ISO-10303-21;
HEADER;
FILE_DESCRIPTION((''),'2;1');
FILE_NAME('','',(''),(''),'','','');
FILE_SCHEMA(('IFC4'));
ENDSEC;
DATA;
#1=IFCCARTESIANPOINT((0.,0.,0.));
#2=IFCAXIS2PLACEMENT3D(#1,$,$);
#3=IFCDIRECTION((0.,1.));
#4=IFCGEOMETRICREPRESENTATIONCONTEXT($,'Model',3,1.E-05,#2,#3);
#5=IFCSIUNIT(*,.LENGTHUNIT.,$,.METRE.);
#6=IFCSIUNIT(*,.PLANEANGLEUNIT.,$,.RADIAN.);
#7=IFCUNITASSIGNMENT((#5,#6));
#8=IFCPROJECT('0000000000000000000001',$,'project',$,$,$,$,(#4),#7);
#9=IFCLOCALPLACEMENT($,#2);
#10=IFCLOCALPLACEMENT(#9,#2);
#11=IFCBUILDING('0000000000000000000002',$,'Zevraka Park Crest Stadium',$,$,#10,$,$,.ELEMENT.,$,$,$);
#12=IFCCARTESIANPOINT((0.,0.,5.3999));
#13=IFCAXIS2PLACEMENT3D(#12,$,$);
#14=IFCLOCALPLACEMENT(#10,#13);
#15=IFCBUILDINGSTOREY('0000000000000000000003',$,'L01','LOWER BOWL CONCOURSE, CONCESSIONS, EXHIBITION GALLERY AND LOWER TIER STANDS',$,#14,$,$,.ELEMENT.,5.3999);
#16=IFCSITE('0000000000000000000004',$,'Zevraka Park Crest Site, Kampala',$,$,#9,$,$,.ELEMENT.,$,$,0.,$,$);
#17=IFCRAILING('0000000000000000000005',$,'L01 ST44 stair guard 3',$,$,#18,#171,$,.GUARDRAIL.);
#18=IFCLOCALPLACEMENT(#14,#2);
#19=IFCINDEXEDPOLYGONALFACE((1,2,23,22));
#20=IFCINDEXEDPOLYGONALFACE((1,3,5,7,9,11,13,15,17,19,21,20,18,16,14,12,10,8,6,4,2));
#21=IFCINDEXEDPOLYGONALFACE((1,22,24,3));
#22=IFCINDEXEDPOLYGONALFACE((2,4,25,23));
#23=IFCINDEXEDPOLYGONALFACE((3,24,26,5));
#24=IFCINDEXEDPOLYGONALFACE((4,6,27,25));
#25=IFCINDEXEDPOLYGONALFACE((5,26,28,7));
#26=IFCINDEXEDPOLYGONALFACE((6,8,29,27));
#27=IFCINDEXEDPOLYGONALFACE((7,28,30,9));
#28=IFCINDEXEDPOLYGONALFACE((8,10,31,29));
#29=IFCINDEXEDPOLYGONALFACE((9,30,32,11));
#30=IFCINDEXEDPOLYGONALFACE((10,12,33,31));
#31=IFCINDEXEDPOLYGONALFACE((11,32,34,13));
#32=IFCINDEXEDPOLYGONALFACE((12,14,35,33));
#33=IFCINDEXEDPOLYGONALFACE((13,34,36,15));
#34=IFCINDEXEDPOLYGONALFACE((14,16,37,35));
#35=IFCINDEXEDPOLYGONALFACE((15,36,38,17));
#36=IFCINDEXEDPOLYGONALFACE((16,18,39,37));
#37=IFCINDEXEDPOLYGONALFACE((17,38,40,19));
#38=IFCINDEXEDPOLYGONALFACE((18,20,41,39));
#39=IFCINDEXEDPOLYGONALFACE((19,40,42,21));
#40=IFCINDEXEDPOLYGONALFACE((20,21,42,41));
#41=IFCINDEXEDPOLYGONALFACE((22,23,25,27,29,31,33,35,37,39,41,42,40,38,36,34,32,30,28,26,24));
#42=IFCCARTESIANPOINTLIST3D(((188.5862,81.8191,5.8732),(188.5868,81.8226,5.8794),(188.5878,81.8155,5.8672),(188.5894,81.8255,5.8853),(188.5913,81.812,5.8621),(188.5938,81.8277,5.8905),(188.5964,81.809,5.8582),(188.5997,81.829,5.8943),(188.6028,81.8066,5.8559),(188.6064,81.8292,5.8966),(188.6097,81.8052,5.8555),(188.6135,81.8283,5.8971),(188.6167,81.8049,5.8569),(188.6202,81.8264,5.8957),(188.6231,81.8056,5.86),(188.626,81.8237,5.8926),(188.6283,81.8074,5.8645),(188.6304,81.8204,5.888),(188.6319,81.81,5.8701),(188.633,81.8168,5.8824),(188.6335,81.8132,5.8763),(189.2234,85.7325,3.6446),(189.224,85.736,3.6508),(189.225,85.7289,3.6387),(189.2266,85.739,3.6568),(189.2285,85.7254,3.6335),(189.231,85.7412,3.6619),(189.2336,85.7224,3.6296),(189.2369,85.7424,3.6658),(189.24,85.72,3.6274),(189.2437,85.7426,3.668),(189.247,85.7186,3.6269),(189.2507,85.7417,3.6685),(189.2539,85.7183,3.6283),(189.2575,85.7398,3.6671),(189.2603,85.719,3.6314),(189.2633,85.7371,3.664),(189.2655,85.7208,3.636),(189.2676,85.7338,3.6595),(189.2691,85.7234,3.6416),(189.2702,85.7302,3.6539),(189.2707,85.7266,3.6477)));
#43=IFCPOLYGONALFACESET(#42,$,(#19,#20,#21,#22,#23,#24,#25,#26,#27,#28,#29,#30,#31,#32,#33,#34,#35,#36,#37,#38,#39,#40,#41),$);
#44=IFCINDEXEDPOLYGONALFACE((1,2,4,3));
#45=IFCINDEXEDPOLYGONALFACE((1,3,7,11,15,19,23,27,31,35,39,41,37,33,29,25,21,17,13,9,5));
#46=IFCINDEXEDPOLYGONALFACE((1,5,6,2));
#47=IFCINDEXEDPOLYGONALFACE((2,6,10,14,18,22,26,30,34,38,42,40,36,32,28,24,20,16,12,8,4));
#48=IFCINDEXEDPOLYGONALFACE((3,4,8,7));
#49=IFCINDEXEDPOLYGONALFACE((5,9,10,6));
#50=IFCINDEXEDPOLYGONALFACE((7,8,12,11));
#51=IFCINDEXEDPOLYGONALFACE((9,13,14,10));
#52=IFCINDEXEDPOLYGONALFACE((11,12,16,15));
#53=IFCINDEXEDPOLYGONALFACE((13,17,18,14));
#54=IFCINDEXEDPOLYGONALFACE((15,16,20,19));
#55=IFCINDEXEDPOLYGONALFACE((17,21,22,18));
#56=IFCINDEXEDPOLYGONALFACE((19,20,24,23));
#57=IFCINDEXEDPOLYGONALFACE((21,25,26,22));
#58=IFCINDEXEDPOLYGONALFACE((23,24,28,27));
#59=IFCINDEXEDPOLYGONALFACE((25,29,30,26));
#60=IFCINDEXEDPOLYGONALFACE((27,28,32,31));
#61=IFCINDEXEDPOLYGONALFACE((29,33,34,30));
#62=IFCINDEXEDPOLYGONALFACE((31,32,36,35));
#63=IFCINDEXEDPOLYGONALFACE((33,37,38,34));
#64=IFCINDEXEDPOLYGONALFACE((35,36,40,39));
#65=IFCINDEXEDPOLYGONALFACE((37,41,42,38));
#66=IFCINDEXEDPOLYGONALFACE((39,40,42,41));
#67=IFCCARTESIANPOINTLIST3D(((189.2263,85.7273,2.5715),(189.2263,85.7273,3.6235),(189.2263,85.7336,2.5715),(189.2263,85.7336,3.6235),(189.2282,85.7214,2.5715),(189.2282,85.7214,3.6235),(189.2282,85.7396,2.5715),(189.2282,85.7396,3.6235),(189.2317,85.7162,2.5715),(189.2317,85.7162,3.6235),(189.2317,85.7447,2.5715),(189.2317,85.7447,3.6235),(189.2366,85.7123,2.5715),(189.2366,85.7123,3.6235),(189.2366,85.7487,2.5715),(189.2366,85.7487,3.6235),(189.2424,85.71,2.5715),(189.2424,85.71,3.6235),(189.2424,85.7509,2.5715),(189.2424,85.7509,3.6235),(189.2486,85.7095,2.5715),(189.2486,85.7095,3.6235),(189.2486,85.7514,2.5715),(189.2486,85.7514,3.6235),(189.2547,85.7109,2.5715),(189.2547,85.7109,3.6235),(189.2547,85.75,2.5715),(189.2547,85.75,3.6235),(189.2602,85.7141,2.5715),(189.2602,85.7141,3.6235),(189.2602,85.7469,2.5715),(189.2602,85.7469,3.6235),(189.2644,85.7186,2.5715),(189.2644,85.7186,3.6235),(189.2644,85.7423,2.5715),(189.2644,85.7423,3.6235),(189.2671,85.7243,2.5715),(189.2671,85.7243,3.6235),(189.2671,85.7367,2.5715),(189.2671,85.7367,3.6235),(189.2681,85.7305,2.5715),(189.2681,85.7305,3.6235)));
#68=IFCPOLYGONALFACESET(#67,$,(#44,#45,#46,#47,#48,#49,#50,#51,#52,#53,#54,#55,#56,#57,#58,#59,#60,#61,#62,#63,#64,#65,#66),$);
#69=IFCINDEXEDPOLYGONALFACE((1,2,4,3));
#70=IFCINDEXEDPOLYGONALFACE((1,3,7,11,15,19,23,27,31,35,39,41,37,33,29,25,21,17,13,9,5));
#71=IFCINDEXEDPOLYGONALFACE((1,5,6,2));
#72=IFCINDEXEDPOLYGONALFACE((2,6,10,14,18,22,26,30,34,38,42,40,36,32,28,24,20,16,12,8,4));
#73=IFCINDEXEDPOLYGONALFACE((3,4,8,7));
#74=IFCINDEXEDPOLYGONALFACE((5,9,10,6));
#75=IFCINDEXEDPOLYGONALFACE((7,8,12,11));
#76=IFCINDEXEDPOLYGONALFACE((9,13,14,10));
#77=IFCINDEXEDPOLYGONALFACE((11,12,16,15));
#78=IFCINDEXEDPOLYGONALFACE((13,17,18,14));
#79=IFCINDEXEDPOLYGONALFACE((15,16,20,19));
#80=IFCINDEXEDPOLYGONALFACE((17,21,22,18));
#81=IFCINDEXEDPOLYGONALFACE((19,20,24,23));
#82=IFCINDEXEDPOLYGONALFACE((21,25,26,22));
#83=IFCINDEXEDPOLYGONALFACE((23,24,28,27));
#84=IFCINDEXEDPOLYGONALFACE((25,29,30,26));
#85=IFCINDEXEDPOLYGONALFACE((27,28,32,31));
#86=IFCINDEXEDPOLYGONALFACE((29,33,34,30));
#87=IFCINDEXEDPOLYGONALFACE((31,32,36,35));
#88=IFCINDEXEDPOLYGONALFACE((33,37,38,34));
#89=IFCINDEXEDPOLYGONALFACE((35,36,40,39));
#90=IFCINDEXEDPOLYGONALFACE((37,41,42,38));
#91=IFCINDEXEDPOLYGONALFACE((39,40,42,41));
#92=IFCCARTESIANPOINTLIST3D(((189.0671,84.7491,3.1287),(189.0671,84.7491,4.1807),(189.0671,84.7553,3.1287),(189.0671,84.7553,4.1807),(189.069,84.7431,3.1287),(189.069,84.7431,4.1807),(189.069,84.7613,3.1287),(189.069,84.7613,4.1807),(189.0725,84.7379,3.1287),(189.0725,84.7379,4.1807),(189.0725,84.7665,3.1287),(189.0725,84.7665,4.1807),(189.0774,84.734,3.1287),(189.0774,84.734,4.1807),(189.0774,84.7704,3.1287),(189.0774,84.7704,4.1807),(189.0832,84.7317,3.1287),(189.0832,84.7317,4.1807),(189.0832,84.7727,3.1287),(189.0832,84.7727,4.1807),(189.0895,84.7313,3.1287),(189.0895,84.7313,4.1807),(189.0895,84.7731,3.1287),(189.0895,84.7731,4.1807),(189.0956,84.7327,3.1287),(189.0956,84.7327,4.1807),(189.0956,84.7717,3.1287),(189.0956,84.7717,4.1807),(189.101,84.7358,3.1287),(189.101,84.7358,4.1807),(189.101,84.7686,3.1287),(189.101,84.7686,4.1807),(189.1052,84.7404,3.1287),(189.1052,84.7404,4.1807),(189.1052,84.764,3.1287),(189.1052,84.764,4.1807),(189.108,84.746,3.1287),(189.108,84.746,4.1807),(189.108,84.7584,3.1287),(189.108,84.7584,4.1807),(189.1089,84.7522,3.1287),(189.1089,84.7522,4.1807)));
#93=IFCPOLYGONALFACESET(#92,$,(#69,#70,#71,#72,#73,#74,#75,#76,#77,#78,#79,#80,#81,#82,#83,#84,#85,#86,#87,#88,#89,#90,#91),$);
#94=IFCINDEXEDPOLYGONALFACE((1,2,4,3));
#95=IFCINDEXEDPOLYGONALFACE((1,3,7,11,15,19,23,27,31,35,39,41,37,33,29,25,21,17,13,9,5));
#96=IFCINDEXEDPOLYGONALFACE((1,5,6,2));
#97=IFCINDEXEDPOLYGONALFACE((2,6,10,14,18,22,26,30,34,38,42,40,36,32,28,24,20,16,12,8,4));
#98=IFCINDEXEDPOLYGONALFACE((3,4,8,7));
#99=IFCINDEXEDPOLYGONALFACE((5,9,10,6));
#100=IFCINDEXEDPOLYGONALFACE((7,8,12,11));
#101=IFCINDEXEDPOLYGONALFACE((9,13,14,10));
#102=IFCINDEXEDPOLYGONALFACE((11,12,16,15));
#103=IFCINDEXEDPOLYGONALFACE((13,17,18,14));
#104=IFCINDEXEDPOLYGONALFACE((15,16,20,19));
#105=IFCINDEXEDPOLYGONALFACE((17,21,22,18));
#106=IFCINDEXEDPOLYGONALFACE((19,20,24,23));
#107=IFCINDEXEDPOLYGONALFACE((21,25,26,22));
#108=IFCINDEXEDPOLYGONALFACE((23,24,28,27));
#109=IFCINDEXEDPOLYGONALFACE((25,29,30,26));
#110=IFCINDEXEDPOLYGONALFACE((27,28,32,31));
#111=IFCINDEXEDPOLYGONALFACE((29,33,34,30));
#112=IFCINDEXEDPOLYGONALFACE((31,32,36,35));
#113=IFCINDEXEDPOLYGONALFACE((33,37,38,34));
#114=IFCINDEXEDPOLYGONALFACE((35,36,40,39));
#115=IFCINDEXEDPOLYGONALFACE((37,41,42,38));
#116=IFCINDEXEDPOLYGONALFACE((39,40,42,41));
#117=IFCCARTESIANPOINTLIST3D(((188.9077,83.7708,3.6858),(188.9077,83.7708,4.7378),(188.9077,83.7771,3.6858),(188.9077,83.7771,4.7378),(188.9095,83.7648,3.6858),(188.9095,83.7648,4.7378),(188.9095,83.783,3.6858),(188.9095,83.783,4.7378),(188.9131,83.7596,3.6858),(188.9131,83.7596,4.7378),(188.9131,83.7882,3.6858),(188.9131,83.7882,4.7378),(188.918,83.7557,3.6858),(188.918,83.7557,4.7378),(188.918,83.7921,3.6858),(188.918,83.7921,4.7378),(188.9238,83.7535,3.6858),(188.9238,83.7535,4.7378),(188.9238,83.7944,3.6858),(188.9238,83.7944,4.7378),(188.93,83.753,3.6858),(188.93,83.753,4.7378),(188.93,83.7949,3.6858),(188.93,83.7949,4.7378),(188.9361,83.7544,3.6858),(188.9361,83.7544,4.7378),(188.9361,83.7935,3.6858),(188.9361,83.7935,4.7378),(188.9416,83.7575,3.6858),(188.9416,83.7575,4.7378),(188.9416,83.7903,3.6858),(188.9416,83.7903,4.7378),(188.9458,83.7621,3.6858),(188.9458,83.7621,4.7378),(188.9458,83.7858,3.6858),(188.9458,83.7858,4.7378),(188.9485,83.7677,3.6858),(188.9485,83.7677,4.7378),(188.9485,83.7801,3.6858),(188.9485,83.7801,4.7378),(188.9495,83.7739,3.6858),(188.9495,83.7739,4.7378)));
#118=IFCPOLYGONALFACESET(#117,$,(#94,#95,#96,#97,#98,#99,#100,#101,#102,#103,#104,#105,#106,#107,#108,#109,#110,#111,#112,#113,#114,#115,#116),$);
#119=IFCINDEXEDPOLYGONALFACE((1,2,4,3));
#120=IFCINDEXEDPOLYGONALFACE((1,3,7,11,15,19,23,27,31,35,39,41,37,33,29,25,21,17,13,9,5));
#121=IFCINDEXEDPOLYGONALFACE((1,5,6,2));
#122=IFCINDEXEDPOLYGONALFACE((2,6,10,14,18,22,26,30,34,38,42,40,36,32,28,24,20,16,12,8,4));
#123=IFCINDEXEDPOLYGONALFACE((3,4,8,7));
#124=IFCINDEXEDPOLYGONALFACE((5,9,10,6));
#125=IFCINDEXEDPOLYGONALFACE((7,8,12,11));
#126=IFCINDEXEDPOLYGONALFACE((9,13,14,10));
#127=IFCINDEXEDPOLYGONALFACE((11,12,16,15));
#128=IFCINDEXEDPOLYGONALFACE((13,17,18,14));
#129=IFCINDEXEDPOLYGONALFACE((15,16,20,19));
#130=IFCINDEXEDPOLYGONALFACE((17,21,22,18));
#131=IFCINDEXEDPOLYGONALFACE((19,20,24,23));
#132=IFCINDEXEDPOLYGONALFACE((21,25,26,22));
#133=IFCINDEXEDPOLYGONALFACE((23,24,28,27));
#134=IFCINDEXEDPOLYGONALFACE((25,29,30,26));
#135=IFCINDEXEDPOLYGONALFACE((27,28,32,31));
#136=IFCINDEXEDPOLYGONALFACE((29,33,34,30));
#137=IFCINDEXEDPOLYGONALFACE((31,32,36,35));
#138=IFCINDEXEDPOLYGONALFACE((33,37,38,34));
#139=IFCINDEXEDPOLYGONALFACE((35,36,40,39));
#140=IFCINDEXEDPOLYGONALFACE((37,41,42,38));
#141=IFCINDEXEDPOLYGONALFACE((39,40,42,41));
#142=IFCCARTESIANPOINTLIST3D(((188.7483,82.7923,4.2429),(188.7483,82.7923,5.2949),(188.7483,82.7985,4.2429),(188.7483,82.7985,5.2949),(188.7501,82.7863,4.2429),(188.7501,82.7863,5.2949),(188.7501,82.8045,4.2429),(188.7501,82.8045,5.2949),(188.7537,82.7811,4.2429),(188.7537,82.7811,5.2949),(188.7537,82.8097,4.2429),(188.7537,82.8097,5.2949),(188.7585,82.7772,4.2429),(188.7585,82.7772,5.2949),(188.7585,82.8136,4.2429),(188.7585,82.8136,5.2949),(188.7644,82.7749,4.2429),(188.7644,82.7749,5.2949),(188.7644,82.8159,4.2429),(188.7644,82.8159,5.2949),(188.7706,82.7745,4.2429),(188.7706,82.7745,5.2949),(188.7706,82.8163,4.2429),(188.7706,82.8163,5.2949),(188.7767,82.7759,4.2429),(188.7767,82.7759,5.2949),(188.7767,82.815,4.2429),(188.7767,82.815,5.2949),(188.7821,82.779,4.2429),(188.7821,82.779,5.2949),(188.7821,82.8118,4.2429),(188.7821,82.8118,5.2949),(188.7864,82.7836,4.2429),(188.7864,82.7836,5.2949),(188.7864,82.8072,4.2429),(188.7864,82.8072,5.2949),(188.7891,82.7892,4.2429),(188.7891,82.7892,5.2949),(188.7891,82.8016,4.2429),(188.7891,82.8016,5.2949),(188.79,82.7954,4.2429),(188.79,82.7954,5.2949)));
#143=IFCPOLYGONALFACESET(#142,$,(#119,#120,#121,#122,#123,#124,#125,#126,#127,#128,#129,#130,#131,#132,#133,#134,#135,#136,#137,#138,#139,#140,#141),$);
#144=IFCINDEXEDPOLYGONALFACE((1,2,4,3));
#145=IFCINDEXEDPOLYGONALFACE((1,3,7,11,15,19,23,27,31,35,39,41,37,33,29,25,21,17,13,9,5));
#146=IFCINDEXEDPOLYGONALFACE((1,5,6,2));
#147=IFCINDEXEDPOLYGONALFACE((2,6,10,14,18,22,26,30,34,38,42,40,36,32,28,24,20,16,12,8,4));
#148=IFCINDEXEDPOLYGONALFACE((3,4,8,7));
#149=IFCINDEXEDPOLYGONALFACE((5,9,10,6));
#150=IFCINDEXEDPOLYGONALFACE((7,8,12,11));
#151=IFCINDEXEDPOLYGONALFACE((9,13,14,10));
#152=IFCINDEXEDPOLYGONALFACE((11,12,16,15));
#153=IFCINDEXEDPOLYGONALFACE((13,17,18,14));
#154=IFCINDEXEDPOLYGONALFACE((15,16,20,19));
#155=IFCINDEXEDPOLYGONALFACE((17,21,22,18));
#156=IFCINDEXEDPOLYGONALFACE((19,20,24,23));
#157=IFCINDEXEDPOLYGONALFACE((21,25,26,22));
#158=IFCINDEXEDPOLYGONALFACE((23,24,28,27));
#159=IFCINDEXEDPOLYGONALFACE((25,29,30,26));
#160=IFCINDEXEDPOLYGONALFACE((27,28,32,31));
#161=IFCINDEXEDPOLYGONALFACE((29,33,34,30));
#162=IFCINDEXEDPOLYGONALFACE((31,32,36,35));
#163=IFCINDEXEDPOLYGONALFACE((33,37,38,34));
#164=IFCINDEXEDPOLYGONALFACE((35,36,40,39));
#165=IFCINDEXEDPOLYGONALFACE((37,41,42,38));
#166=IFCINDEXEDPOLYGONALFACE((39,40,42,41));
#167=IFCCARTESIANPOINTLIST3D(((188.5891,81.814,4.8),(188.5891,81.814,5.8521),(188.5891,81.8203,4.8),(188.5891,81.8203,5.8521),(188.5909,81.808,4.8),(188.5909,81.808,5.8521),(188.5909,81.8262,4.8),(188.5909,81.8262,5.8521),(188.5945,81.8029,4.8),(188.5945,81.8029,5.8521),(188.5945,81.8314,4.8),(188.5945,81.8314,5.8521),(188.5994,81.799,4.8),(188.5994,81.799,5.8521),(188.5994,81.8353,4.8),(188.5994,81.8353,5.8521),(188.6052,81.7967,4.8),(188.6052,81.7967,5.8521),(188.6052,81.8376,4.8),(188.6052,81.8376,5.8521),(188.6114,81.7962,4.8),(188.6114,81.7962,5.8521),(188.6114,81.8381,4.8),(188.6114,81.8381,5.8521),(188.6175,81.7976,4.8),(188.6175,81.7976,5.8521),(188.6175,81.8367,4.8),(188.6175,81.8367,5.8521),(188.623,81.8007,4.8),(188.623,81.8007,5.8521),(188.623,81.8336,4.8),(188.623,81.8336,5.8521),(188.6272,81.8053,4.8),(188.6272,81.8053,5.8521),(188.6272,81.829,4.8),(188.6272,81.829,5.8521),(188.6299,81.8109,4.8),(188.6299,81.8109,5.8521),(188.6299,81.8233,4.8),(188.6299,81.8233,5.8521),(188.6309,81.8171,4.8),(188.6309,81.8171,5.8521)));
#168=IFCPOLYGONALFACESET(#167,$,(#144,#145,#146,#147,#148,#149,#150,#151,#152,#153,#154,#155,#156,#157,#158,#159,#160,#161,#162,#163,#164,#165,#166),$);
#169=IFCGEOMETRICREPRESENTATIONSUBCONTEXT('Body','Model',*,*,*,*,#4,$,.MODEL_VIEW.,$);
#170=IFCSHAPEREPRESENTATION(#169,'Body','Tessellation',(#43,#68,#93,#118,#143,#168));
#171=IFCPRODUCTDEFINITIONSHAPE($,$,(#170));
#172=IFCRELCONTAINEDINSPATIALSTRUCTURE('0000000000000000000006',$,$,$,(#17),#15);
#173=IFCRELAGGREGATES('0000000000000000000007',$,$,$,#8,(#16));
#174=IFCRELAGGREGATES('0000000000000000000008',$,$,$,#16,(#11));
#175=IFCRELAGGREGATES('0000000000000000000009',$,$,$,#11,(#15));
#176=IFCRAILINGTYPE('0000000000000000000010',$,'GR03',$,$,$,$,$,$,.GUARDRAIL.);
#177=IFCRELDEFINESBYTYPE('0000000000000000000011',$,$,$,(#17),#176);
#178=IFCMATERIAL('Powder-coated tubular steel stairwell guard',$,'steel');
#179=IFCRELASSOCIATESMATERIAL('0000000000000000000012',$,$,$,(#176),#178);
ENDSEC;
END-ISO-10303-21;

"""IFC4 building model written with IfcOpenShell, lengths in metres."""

from ifc_helpers import new_model, si_unit, direction, frame, origin, origin_2d, place, context, subcontext, project, spatial, circle, extrude, material, type_object, element, save


model = new_model("IFC4")

# Units and contexts
model_context = context("Model", 3, precision=1e-05, world=origin(), true_north=direction((0.0, 1.0)))
body_context = subcontext(model_context, "Body", "Model", "MODEL_VIEW")
ifc_project = project(units=[si_unit("LENGTHUNIT", "METRE"), si_unit("PLANEANGLEUNIT", "RADIAN")], contexts=[model_context])

# Site, building, storey
site_placement = place(None, origin())
site = spatial("IfcSite", under=ifc_project, at=site_placement, Name="Zevraka Park Crest Site, Kampala", CompositionType="ELEMENT", RefElevation=0.0)
building_placement = place(site_placement, origin())
building = spatial("IfcBuilding", under=site, at=building_placement, Name="Zevraka Park Crest Stadium", CompositionType="ELEMENT")
storey_placement = place(building_placement, frame((0.0, 0.0, 5.3999)))
storey = spatial("IfcBuildingStorey", under=building, at=storey_placement, Name="L01", Description="LOWER BOWL CONCOURSE, CONCESSIONS, EXHIBITION GALLERY AND LOWER TIER STANDS", CompositionType="ELEMENT", Elevation=5.3999)

# Railing
ifc_material_1 = material(Name="Powder-coated tubular steel stairwell guard", Category="steel")
railing_type_1 = type_object("IfcRailingType", Name="GR03", PredefinedType="GUARDRAIL", material=ifc_material_1)
railing_1_placement = place(storey_placement, frame((189.2471, 85.7305, 2.5715)))
element("IfcRailing", 1, at=railing_1_placement, inside=storey, type_object=railing_type_1, Name="L01 ST44 stair guard 3", PredefinedType="GUARDRAIL", context=body_context, shape_type="SweptSolid", body=[
    extrude(circle(Radius=0.0239, at=origin_2d()), frame((0.0, 0.0, 1.0762), z_axis=(-0.1401, -0.860406, 0.489973), x_axis=(0.987001, -0.160713, 0.0)), (0.0, 0.0, 1.0), 4.5483),
    extrude(circle(Radius=0.021, at=origin_2d()), origin(), (0.0, 0.0, 1.0), 1.052),
    extrude(circle(Radius=0.021, at=origin_2d()), frame((-0.1592, -0.9783, 0.5571)), (0.0, 0.0, 1.0), 1.052),
    extrude(circle(Radius=0.021, at=origin_2d()), frame((-0.3186, -1.9565, 1.1143)), (0.0, 0.0, 1.0), 1.052),
    extrude(circle(Radius=0.021, at=origin_2d()), frame((-0.478, -2.9351, 1.6714)), (0.0, 0.0, 1.0), 1.052),
    extrude(circle(Radius=0.021, at=origin_2d()), frame((-0.6372, -3.9133, 2.2285)), (0.0, 0.0, 1.0), 1.052),
])

save(model, "model.ifc")
